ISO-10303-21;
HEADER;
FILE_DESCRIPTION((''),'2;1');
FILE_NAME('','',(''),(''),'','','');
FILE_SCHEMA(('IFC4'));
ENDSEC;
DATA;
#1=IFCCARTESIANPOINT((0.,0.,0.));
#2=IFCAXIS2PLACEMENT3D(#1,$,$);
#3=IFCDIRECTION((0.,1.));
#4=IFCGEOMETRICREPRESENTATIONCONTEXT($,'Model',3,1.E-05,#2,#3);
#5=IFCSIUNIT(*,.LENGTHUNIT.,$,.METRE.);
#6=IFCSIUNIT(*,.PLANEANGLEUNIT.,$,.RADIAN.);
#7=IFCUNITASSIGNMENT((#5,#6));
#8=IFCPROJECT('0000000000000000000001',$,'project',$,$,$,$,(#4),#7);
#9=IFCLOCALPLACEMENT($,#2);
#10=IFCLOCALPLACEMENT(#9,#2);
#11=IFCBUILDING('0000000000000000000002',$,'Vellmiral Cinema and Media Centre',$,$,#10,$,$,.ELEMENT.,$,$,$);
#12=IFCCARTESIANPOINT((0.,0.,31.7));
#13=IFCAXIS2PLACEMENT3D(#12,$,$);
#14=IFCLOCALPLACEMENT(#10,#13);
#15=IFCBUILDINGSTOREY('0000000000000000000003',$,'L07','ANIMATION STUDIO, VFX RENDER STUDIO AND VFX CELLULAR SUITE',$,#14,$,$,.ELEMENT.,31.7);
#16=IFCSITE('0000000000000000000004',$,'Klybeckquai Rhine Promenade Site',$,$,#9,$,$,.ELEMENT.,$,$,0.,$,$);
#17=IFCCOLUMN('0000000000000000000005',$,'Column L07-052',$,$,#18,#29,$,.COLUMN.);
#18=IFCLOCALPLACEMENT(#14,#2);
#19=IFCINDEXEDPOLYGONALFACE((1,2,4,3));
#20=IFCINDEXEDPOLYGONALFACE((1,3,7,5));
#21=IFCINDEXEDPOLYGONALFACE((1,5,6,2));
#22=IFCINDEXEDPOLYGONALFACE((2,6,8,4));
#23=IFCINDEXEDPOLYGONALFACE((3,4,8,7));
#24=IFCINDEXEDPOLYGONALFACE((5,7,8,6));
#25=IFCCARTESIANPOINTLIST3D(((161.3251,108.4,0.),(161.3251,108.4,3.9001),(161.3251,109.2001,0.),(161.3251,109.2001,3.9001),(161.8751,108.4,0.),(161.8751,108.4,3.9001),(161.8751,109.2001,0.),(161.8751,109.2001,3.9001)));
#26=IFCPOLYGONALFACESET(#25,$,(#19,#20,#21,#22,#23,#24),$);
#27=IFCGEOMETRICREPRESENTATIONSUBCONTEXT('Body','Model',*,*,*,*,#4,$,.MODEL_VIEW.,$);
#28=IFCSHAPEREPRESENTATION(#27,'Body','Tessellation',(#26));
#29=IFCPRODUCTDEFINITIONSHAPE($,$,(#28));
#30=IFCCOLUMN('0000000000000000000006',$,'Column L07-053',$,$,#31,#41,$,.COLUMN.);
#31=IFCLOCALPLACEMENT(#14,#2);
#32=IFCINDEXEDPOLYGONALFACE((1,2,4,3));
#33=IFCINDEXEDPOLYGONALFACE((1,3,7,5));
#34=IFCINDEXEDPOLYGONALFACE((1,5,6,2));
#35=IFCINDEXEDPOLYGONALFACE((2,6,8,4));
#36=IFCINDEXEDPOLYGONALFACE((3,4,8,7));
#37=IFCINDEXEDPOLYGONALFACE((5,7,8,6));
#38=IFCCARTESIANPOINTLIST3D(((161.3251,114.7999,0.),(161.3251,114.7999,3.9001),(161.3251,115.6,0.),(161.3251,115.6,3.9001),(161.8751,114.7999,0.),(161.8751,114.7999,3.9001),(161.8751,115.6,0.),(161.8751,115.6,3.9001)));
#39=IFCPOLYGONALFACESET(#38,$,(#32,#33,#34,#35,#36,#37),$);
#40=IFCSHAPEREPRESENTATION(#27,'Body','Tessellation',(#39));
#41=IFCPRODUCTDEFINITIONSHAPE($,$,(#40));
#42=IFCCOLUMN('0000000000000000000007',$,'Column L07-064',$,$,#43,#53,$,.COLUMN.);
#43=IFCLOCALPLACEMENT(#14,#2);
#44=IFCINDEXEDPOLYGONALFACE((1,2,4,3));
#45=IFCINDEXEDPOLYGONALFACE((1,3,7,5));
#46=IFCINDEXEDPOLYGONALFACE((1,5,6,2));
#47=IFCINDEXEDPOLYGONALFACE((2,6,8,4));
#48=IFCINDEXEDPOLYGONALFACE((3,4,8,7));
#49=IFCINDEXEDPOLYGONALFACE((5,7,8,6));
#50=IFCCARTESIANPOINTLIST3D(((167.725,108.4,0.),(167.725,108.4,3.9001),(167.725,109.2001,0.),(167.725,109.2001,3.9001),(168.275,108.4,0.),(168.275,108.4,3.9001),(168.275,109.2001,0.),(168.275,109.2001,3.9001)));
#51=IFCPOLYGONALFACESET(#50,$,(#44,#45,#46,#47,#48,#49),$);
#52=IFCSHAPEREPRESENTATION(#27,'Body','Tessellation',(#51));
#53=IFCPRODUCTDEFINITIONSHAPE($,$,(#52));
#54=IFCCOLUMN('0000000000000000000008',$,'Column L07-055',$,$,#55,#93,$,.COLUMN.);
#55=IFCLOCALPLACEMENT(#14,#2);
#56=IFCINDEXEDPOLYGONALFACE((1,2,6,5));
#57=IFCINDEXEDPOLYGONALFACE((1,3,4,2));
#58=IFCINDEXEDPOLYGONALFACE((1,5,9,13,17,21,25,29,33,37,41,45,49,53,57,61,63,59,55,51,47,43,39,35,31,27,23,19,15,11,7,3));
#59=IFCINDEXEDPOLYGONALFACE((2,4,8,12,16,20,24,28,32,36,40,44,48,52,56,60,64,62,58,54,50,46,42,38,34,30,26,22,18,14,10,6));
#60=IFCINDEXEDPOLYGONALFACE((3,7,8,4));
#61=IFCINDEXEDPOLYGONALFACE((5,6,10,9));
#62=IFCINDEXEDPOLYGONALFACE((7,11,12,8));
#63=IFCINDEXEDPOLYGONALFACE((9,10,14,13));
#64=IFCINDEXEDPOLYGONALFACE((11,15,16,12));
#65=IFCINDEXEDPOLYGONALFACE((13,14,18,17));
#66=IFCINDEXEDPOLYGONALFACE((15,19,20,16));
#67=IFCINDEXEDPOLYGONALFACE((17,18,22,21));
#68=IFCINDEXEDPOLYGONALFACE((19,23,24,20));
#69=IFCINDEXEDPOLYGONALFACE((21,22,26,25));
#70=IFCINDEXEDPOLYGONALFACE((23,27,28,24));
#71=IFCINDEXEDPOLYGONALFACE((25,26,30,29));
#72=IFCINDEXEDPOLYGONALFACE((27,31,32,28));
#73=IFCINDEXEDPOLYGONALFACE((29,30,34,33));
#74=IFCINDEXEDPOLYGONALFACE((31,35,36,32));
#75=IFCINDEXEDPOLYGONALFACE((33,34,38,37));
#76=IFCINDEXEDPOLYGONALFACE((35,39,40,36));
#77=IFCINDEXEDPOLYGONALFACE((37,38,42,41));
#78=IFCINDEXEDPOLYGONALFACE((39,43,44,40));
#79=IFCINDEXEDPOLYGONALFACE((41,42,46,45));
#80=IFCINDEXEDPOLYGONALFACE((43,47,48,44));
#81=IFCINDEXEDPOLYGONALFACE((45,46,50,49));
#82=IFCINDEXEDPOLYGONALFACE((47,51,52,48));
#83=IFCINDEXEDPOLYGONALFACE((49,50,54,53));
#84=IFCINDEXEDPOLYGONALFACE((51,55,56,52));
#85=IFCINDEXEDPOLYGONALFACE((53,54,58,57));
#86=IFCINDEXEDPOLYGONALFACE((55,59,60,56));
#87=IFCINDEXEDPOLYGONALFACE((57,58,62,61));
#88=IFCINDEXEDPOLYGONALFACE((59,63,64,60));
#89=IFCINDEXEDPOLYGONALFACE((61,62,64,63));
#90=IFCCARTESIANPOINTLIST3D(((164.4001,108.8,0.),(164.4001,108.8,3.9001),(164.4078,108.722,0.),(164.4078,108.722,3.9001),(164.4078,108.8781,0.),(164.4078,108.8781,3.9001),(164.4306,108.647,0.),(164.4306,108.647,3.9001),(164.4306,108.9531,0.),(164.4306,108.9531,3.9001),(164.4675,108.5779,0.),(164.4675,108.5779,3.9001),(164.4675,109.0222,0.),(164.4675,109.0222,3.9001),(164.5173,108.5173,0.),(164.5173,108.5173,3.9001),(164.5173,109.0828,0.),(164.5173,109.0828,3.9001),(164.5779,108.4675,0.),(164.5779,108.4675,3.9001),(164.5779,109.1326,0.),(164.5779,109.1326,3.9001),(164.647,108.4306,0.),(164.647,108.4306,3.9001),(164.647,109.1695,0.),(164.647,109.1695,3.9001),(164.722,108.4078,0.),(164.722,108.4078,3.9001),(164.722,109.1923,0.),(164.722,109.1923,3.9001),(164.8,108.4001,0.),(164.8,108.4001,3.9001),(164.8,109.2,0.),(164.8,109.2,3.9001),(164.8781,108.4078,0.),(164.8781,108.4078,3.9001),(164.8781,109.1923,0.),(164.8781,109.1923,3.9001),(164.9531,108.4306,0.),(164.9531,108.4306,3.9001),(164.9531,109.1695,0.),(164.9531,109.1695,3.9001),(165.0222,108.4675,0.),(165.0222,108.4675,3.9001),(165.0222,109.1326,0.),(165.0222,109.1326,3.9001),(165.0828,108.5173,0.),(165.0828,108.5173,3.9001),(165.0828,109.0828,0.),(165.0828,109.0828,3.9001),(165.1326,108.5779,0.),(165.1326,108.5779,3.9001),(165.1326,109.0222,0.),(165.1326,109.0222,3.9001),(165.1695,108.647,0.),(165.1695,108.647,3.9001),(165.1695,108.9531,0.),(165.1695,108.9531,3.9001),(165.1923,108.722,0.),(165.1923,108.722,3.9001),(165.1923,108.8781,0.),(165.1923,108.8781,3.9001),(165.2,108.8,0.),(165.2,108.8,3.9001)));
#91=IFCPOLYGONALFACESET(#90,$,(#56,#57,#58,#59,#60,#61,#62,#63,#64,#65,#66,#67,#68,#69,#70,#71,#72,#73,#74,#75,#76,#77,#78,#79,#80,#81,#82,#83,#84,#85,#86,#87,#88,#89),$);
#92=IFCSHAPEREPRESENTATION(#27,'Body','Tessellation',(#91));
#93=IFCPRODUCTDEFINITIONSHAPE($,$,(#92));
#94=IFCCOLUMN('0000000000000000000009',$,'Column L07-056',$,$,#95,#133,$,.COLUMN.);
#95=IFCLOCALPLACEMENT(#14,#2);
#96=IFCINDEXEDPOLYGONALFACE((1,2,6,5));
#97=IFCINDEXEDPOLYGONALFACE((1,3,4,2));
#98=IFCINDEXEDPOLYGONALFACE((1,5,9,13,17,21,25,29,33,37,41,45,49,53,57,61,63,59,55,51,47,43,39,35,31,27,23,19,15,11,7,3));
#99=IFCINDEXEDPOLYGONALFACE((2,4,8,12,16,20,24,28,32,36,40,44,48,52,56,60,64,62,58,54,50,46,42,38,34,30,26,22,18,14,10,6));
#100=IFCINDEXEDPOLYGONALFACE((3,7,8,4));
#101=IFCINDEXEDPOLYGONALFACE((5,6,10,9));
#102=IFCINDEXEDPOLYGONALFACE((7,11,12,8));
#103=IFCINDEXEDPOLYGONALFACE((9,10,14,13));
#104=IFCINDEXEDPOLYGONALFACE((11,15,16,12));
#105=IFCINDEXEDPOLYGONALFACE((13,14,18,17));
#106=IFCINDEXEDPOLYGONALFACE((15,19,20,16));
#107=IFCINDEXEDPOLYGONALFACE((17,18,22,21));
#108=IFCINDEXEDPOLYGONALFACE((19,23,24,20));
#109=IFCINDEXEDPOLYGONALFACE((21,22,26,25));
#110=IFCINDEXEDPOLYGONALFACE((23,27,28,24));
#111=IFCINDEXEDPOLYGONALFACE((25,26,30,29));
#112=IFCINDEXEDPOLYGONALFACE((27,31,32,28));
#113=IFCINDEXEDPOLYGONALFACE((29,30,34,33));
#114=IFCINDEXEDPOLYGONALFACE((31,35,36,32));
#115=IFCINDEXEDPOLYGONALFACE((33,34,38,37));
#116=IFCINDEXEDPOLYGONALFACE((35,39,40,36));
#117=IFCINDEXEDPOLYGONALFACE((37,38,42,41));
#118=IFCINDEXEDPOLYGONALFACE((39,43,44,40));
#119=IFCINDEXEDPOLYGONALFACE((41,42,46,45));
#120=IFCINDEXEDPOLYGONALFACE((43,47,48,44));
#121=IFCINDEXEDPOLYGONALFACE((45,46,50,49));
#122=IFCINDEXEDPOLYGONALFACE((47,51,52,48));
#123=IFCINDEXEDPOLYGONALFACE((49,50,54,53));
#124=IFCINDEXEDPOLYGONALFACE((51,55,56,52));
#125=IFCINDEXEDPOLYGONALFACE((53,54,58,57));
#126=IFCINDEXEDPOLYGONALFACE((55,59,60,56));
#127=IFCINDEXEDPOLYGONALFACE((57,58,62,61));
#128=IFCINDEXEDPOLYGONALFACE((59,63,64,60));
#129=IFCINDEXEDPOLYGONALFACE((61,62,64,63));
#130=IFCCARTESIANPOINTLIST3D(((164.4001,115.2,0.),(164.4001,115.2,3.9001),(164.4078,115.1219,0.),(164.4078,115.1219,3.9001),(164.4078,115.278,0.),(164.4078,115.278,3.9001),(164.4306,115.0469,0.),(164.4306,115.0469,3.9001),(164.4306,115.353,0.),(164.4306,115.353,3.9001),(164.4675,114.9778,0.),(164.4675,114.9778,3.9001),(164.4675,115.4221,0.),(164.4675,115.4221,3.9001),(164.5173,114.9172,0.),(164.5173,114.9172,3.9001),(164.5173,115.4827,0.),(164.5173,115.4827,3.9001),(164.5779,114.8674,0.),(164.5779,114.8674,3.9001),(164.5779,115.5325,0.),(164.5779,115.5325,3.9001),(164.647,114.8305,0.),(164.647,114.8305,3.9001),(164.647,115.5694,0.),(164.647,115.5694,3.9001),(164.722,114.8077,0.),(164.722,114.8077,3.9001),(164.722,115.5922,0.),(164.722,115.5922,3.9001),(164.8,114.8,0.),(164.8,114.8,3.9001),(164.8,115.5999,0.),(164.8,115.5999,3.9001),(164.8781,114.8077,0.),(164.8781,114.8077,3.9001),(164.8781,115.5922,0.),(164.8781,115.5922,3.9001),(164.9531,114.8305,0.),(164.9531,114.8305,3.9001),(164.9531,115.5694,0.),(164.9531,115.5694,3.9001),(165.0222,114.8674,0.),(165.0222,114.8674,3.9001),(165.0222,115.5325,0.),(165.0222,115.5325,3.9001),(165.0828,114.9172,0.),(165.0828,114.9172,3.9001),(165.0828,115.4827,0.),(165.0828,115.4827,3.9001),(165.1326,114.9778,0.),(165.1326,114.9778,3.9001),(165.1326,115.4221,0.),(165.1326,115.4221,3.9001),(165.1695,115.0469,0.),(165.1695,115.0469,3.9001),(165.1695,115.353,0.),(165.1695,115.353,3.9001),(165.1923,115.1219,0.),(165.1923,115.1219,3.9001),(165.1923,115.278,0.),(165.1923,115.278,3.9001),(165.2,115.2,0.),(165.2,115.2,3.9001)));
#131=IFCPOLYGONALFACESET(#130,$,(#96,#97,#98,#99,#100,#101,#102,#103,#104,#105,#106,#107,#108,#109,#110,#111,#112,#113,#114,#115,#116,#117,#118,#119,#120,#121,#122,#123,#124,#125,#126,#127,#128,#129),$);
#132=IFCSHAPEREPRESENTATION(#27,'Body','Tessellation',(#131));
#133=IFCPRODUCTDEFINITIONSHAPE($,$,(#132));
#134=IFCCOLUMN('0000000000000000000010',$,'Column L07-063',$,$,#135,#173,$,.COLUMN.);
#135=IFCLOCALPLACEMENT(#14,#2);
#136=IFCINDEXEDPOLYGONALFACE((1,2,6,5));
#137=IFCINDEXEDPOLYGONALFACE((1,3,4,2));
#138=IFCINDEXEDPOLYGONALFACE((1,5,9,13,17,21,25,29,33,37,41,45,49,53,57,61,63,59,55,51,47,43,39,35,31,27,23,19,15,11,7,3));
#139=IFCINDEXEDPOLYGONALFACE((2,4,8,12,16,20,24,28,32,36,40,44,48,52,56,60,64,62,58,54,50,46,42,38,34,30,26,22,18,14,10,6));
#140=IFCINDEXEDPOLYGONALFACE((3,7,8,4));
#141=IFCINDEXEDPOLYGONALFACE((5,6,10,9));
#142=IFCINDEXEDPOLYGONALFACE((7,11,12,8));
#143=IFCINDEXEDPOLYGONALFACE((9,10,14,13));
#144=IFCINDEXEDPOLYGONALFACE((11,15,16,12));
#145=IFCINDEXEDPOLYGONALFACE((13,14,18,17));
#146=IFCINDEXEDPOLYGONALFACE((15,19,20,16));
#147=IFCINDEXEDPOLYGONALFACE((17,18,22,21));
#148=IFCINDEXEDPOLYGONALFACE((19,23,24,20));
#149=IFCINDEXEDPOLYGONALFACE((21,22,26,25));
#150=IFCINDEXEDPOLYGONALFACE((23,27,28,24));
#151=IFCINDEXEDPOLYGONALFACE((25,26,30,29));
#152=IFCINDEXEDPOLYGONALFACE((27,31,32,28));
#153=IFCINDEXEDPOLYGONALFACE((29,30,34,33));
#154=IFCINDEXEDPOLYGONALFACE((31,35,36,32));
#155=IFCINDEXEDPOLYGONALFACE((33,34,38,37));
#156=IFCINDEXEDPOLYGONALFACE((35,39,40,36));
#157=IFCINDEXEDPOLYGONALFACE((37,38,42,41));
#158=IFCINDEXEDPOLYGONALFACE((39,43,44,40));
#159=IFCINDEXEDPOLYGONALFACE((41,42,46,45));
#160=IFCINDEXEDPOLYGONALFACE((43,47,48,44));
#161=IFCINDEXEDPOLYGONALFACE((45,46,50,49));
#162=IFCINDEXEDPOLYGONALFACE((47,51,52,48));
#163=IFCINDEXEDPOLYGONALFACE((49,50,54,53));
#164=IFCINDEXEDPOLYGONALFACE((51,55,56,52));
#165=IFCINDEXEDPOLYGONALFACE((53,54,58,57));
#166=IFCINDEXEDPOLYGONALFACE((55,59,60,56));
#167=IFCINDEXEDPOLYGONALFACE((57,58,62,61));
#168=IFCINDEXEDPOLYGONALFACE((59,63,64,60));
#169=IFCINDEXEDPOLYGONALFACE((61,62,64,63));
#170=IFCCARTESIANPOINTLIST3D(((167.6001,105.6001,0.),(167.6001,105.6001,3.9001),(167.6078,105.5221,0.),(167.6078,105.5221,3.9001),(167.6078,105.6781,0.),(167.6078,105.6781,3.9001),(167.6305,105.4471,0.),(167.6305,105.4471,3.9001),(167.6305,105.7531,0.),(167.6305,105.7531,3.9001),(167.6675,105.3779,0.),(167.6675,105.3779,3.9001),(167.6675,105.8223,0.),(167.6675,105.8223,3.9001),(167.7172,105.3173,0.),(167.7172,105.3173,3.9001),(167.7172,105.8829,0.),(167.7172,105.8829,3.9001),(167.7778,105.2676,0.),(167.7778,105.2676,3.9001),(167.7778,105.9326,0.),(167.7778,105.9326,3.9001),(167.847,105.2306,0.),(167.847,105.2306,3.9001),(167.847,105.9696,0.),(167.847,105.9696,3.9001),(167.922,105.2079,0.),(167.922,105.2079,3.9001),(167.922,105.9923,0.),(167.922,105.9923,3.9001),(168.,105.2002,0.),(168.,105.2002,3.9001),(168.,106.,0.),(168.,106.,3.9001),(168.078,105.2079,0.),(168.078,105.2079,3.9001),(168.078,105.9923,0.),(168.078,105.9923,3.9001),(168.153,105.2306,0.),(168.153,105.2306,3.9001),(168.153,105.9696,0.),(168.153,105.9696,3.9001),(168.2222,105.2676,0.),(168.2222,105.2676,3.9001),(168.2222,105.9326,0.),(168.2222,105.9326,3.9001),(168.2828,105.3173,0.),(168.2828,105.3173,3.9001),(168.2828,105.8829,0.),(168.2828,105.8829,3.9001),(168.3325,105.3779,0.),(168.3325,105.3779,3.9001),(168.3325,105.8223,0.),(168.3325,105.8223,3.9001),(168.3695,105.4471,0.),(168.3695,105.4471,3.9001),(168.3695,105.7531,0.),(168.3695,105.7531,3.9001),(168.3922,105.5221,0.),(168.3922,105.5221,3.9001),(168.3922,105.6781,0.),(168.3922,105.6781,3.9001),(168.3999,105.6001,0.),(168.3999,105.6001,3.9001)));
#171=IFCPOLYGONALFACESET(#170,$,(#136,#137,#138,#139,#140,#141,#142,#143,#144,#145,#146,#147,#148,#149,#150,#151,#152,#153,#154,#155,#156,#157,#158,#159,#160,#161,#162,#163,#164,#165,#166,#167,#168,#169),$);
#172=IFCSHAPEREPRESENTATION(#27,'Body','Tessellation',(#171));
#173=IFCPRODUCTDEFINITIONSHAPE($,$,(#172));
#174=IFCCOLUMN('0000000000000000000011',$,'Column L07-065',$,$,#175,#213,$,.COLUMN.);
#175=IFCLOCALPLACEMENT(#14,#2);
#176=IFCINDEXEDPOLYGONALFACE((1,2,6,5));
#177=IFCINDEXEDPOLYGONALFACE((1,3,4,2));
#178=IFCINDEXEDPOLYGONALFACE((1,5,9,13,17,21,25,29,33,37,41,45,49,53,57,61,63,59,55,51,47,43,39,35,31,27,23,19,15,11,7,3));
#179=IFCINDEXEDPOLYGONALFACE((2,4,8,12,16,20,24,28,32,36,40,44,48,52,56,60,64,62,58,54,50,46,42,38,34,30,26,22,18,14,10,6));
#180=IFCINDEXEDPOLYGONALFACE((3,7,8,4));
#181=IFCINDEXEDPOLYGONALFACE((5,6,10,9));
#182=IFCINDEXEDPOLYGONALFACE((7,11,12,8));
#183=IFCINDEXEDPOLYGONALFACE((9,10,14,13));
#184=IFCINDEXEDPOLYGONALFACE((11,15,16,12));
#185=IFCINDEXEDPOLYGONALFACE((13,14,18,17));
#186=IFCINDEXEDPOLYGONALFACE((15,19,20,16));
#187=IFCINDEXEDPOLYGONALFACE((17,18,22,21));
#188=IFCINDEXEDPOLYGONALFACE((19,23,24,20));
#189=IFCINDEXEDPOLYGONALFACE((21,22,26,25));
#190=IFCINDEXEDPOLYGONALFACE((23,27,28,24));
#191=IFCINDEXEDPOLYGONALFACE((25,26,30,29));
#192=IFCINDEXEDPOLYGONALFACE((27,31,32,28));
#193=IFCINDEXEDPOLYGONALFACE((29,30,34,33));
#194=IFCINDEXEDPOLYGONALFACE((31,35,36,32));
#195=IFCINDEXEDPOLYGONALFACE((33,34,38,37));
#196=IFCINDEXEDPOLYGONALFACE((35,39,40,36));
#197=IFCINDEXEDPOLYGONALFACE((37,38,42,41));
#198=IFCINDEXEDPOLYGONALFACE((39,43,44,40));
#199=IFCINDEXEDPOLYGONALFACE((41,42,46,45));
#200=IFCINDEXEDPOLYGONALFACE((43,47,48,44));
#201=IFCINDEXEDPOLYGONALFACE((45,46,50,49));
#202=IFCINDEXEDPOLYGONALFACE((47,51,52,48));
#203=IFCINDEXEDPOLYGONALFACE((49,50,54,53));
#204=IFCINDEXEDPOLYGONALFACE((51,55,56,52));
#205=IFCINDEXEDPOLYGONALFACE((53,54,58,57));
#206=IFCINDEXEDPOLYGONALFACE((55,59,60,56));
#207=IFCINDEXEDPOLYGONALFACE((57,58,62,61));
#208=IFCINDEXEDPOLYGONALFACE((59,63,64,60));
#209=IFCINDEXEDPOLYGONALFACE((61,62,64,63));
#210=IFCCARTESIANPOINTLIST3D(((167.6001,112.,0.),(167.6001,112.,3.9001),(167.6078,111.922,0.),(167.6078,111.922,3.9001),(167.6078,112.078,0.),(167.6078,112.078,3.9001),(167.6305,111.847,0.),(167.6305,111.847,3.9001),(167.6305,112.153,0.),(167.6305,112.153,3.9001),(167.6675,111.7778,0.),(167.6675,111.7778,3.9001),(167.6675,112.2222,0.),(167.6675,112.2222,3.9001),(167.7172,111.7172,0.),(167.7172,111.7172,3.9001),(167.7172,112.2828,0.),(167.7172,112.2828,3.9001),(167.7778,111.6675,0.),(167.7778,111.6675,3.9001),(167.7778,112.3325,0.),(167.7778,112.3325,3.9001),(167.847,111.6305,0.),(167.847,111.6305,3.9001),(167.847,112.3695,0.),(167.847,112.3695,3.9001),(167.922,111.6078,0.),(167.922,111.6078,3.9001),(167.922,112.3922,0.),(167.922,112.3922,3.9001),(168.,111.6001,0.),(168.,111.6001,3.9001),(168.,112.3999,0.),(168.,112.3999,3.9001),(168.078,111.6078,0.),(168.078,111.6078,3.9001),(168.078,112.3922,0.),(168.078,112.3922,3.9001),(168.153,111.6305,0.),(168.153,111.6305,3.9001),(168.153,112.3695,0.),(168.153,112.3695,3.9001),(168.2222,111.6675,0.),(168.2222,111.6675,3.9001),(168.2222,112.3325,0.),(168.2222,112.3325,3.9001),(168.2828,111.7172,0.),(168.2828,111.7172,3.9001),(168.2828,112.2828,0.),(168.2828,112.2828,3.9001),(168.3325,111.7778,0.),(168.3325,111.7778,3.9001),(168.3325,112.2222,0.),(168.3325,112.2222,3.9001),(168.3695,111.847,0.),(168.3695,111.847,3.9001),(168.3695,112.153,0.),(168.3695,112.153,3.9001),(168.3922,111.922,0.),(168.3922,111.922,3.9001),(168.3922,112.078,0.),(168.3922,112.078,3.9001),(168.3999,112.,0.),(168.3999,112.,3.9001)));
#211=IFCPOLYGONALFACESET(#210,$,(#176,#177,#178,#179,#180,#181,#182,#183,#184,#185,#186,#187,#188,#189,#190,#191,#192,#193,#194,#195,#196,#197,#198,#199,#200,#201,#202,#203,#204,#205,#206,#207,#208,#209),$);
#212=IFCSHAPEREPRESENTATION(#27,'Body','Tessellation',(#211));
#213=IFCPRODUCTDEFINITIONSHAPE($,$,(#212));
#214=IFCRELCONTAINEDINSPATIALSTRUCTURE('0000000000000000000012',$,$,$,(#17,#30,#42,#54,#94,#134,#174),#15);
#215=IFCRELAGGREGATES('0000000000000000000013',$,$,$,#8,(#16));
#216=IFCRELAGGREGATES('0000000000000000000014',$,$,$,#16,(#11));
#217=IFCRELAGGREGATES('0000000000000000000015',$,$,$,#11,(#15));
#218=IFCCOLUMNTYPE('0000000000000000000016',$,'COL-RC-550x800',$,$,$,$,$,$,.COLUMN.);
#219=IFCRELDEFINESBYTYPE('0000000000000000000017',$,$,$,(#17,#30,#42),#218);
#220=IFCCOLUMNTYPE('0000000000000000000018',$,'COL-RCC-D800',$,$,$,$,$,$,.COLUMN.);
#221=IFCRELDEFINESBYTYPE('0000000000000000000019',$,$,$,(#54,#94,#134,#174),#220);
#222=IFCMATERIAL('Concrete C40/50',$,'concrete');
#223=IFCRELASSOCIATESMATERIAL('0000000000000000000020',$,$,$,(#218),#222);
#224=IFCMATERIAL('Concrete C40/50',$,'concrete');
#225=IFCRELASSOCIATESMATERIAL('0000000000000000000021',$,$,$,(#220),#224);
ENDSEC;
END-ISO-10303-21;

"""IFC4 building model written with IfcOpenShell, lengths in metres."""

from ifc_helpers import new_model, si_unit, direction, frame, origin, origin_2d, place, context, subcontext, project, spatial, rectangle, circle, extrude, material, material_profile, profile_set, type_object, element, save


model = new_model("IFC4")

# Units and contexts
model_context = context("Model", 3, precision=1e-05, world=origin(), true_north=direction((0.0, 1.0)))
body_context = subcontext(model_context, "Body", "Model", "MODEL_VIEW")
ifc_project = project(units=[si_unit("LENGTHUNIT", "METRE"), si_unit("PLANEANGLEUNIT", "RADIAN")], contexts=[model_context])

# Site, building, storey
site_placement = place(None, origin())
site = spatial("IfcSite", under=ifc_project, at=site_placement, Name="Klybeckquai Rhine Promenade Site", CompositionType="ELEMENT", RefElevation=0.0)
building_placement = place(site_placement, origin())
building = spatial("IfcBuilding", under=site, at=building_placement, Name="Vellmiral Cinema and Media Centre", CompositionType="ELEMENT")
storey_placement = place(building_placement, frame((0.0, 0.0, 31.7)))
storey = spatial("IfcBuildingStorey", under=building, at=storey_placement, Name="L07", Description="ANIMATION STUDIO, VFX RENDER STUDIO AND VFX CELLULAR SUITE", CompositionType="ELEMENT", Elevation=31.7)

# Columns
ifc_material_1 = material(Name="Concrete C40/50", Category="concrete")
ifc_material_profile_1 = material_profile(ifc_material_1, rectangle(XDim=0.55, YDim=0.8, at=origin_2d()), Name="RC 550x800")
ifc_profile_set_1 = profile_set([ifc_material_profile_1], Name="Concrete C40/50")
column_type_1 = type_object("IfcColumnType", Name="COL-RC-550x800", PredefinedType="COLUMN", material=ifc_profile_set_1)
for number, where, z_axis, x_axis, name in (
    (1, (161.6001, 108.8, 0.0), (0.0, 0.0, 1.0), (1.0, 0.0, 0.0), "Column L07-052"),
    (2, (161.6001, 115.2, 0.0), (0.0, 0.0, 1.0), (1.0, 0.0, 0.0), "Column L07-053"),
    (3, (168.0, 108.8, 0.0), (0.0, 0.0, 1.0), (1.0, 0.0, 0.0), "Column L07-064"),
):
    element("IfcColumn", number, at=place(storey_placement, frame(where, z_axis=z_axis, x_axis=x_axis)), inside=storey, type_object=column_type_1, Name=name, PredefinedType="COLUMN", context=body_context, shape_type="SweptSolid", body=[
        extrude(rectangle(XDim=0.55, YDim=0.8, at=origin_2d()), origin(), (0.0, 0.0, 1.0), 3.9001),
    ])
ifc_material_2 = material(Name="Concrete C40/50", Category="concrete")
ifc_material_profile_2 = material_profile(ifc_material_2, circle(Radius=0.3999, at=origin_2d()), Name="RC D800")
ifc_profile_set_2 = profile_set([ifc_material_profile_2], Name="Concrete C40/50")
column_type_2 = type_object("IfcColumnType", Name="COL-RCC-D800", PredefinedType="COLUMN", material=ifc_profile_set_2)
for number, where, z_axis, x_axis, name in (
    (4, (164.8, 108.8, 0.0), (0.0, 0.0, 1.0), (1.0, 0.0, 0.0), "Column L07-055"),
    (5, (164.8, 115.2, 0.0), (0.0, 0.0, 1.0), (1.0, 0.0, 0.0), "Column L07-056"),
    (6, (168.0, 105.6001, 0.0), (0.0, 0.0, 1.0), (1.0, 0.0, 0.0), "Column L07-063"),
    (7, (168.0, 112.0, 0.0), (0.0, 0.0, 1.0), (1.0, 0.0, 0.0), "Column L07-065"),
):
    element("IfcColumn", number, at=place(storey_placement, frame(where, z_axis=z_axis, x_axis=x_axis)), inside=storey, type_object=column_type_2, Name=name, PredefinedType="COLUMN", context=body_context, shape_type="SweptSolid", body=[
        extrude(circle(Radius=0.3999, at=origin_2d()), origin(), (0.0, 0.0, 1.0), 3.9001),
    ])

save(model, "model.ifc")
